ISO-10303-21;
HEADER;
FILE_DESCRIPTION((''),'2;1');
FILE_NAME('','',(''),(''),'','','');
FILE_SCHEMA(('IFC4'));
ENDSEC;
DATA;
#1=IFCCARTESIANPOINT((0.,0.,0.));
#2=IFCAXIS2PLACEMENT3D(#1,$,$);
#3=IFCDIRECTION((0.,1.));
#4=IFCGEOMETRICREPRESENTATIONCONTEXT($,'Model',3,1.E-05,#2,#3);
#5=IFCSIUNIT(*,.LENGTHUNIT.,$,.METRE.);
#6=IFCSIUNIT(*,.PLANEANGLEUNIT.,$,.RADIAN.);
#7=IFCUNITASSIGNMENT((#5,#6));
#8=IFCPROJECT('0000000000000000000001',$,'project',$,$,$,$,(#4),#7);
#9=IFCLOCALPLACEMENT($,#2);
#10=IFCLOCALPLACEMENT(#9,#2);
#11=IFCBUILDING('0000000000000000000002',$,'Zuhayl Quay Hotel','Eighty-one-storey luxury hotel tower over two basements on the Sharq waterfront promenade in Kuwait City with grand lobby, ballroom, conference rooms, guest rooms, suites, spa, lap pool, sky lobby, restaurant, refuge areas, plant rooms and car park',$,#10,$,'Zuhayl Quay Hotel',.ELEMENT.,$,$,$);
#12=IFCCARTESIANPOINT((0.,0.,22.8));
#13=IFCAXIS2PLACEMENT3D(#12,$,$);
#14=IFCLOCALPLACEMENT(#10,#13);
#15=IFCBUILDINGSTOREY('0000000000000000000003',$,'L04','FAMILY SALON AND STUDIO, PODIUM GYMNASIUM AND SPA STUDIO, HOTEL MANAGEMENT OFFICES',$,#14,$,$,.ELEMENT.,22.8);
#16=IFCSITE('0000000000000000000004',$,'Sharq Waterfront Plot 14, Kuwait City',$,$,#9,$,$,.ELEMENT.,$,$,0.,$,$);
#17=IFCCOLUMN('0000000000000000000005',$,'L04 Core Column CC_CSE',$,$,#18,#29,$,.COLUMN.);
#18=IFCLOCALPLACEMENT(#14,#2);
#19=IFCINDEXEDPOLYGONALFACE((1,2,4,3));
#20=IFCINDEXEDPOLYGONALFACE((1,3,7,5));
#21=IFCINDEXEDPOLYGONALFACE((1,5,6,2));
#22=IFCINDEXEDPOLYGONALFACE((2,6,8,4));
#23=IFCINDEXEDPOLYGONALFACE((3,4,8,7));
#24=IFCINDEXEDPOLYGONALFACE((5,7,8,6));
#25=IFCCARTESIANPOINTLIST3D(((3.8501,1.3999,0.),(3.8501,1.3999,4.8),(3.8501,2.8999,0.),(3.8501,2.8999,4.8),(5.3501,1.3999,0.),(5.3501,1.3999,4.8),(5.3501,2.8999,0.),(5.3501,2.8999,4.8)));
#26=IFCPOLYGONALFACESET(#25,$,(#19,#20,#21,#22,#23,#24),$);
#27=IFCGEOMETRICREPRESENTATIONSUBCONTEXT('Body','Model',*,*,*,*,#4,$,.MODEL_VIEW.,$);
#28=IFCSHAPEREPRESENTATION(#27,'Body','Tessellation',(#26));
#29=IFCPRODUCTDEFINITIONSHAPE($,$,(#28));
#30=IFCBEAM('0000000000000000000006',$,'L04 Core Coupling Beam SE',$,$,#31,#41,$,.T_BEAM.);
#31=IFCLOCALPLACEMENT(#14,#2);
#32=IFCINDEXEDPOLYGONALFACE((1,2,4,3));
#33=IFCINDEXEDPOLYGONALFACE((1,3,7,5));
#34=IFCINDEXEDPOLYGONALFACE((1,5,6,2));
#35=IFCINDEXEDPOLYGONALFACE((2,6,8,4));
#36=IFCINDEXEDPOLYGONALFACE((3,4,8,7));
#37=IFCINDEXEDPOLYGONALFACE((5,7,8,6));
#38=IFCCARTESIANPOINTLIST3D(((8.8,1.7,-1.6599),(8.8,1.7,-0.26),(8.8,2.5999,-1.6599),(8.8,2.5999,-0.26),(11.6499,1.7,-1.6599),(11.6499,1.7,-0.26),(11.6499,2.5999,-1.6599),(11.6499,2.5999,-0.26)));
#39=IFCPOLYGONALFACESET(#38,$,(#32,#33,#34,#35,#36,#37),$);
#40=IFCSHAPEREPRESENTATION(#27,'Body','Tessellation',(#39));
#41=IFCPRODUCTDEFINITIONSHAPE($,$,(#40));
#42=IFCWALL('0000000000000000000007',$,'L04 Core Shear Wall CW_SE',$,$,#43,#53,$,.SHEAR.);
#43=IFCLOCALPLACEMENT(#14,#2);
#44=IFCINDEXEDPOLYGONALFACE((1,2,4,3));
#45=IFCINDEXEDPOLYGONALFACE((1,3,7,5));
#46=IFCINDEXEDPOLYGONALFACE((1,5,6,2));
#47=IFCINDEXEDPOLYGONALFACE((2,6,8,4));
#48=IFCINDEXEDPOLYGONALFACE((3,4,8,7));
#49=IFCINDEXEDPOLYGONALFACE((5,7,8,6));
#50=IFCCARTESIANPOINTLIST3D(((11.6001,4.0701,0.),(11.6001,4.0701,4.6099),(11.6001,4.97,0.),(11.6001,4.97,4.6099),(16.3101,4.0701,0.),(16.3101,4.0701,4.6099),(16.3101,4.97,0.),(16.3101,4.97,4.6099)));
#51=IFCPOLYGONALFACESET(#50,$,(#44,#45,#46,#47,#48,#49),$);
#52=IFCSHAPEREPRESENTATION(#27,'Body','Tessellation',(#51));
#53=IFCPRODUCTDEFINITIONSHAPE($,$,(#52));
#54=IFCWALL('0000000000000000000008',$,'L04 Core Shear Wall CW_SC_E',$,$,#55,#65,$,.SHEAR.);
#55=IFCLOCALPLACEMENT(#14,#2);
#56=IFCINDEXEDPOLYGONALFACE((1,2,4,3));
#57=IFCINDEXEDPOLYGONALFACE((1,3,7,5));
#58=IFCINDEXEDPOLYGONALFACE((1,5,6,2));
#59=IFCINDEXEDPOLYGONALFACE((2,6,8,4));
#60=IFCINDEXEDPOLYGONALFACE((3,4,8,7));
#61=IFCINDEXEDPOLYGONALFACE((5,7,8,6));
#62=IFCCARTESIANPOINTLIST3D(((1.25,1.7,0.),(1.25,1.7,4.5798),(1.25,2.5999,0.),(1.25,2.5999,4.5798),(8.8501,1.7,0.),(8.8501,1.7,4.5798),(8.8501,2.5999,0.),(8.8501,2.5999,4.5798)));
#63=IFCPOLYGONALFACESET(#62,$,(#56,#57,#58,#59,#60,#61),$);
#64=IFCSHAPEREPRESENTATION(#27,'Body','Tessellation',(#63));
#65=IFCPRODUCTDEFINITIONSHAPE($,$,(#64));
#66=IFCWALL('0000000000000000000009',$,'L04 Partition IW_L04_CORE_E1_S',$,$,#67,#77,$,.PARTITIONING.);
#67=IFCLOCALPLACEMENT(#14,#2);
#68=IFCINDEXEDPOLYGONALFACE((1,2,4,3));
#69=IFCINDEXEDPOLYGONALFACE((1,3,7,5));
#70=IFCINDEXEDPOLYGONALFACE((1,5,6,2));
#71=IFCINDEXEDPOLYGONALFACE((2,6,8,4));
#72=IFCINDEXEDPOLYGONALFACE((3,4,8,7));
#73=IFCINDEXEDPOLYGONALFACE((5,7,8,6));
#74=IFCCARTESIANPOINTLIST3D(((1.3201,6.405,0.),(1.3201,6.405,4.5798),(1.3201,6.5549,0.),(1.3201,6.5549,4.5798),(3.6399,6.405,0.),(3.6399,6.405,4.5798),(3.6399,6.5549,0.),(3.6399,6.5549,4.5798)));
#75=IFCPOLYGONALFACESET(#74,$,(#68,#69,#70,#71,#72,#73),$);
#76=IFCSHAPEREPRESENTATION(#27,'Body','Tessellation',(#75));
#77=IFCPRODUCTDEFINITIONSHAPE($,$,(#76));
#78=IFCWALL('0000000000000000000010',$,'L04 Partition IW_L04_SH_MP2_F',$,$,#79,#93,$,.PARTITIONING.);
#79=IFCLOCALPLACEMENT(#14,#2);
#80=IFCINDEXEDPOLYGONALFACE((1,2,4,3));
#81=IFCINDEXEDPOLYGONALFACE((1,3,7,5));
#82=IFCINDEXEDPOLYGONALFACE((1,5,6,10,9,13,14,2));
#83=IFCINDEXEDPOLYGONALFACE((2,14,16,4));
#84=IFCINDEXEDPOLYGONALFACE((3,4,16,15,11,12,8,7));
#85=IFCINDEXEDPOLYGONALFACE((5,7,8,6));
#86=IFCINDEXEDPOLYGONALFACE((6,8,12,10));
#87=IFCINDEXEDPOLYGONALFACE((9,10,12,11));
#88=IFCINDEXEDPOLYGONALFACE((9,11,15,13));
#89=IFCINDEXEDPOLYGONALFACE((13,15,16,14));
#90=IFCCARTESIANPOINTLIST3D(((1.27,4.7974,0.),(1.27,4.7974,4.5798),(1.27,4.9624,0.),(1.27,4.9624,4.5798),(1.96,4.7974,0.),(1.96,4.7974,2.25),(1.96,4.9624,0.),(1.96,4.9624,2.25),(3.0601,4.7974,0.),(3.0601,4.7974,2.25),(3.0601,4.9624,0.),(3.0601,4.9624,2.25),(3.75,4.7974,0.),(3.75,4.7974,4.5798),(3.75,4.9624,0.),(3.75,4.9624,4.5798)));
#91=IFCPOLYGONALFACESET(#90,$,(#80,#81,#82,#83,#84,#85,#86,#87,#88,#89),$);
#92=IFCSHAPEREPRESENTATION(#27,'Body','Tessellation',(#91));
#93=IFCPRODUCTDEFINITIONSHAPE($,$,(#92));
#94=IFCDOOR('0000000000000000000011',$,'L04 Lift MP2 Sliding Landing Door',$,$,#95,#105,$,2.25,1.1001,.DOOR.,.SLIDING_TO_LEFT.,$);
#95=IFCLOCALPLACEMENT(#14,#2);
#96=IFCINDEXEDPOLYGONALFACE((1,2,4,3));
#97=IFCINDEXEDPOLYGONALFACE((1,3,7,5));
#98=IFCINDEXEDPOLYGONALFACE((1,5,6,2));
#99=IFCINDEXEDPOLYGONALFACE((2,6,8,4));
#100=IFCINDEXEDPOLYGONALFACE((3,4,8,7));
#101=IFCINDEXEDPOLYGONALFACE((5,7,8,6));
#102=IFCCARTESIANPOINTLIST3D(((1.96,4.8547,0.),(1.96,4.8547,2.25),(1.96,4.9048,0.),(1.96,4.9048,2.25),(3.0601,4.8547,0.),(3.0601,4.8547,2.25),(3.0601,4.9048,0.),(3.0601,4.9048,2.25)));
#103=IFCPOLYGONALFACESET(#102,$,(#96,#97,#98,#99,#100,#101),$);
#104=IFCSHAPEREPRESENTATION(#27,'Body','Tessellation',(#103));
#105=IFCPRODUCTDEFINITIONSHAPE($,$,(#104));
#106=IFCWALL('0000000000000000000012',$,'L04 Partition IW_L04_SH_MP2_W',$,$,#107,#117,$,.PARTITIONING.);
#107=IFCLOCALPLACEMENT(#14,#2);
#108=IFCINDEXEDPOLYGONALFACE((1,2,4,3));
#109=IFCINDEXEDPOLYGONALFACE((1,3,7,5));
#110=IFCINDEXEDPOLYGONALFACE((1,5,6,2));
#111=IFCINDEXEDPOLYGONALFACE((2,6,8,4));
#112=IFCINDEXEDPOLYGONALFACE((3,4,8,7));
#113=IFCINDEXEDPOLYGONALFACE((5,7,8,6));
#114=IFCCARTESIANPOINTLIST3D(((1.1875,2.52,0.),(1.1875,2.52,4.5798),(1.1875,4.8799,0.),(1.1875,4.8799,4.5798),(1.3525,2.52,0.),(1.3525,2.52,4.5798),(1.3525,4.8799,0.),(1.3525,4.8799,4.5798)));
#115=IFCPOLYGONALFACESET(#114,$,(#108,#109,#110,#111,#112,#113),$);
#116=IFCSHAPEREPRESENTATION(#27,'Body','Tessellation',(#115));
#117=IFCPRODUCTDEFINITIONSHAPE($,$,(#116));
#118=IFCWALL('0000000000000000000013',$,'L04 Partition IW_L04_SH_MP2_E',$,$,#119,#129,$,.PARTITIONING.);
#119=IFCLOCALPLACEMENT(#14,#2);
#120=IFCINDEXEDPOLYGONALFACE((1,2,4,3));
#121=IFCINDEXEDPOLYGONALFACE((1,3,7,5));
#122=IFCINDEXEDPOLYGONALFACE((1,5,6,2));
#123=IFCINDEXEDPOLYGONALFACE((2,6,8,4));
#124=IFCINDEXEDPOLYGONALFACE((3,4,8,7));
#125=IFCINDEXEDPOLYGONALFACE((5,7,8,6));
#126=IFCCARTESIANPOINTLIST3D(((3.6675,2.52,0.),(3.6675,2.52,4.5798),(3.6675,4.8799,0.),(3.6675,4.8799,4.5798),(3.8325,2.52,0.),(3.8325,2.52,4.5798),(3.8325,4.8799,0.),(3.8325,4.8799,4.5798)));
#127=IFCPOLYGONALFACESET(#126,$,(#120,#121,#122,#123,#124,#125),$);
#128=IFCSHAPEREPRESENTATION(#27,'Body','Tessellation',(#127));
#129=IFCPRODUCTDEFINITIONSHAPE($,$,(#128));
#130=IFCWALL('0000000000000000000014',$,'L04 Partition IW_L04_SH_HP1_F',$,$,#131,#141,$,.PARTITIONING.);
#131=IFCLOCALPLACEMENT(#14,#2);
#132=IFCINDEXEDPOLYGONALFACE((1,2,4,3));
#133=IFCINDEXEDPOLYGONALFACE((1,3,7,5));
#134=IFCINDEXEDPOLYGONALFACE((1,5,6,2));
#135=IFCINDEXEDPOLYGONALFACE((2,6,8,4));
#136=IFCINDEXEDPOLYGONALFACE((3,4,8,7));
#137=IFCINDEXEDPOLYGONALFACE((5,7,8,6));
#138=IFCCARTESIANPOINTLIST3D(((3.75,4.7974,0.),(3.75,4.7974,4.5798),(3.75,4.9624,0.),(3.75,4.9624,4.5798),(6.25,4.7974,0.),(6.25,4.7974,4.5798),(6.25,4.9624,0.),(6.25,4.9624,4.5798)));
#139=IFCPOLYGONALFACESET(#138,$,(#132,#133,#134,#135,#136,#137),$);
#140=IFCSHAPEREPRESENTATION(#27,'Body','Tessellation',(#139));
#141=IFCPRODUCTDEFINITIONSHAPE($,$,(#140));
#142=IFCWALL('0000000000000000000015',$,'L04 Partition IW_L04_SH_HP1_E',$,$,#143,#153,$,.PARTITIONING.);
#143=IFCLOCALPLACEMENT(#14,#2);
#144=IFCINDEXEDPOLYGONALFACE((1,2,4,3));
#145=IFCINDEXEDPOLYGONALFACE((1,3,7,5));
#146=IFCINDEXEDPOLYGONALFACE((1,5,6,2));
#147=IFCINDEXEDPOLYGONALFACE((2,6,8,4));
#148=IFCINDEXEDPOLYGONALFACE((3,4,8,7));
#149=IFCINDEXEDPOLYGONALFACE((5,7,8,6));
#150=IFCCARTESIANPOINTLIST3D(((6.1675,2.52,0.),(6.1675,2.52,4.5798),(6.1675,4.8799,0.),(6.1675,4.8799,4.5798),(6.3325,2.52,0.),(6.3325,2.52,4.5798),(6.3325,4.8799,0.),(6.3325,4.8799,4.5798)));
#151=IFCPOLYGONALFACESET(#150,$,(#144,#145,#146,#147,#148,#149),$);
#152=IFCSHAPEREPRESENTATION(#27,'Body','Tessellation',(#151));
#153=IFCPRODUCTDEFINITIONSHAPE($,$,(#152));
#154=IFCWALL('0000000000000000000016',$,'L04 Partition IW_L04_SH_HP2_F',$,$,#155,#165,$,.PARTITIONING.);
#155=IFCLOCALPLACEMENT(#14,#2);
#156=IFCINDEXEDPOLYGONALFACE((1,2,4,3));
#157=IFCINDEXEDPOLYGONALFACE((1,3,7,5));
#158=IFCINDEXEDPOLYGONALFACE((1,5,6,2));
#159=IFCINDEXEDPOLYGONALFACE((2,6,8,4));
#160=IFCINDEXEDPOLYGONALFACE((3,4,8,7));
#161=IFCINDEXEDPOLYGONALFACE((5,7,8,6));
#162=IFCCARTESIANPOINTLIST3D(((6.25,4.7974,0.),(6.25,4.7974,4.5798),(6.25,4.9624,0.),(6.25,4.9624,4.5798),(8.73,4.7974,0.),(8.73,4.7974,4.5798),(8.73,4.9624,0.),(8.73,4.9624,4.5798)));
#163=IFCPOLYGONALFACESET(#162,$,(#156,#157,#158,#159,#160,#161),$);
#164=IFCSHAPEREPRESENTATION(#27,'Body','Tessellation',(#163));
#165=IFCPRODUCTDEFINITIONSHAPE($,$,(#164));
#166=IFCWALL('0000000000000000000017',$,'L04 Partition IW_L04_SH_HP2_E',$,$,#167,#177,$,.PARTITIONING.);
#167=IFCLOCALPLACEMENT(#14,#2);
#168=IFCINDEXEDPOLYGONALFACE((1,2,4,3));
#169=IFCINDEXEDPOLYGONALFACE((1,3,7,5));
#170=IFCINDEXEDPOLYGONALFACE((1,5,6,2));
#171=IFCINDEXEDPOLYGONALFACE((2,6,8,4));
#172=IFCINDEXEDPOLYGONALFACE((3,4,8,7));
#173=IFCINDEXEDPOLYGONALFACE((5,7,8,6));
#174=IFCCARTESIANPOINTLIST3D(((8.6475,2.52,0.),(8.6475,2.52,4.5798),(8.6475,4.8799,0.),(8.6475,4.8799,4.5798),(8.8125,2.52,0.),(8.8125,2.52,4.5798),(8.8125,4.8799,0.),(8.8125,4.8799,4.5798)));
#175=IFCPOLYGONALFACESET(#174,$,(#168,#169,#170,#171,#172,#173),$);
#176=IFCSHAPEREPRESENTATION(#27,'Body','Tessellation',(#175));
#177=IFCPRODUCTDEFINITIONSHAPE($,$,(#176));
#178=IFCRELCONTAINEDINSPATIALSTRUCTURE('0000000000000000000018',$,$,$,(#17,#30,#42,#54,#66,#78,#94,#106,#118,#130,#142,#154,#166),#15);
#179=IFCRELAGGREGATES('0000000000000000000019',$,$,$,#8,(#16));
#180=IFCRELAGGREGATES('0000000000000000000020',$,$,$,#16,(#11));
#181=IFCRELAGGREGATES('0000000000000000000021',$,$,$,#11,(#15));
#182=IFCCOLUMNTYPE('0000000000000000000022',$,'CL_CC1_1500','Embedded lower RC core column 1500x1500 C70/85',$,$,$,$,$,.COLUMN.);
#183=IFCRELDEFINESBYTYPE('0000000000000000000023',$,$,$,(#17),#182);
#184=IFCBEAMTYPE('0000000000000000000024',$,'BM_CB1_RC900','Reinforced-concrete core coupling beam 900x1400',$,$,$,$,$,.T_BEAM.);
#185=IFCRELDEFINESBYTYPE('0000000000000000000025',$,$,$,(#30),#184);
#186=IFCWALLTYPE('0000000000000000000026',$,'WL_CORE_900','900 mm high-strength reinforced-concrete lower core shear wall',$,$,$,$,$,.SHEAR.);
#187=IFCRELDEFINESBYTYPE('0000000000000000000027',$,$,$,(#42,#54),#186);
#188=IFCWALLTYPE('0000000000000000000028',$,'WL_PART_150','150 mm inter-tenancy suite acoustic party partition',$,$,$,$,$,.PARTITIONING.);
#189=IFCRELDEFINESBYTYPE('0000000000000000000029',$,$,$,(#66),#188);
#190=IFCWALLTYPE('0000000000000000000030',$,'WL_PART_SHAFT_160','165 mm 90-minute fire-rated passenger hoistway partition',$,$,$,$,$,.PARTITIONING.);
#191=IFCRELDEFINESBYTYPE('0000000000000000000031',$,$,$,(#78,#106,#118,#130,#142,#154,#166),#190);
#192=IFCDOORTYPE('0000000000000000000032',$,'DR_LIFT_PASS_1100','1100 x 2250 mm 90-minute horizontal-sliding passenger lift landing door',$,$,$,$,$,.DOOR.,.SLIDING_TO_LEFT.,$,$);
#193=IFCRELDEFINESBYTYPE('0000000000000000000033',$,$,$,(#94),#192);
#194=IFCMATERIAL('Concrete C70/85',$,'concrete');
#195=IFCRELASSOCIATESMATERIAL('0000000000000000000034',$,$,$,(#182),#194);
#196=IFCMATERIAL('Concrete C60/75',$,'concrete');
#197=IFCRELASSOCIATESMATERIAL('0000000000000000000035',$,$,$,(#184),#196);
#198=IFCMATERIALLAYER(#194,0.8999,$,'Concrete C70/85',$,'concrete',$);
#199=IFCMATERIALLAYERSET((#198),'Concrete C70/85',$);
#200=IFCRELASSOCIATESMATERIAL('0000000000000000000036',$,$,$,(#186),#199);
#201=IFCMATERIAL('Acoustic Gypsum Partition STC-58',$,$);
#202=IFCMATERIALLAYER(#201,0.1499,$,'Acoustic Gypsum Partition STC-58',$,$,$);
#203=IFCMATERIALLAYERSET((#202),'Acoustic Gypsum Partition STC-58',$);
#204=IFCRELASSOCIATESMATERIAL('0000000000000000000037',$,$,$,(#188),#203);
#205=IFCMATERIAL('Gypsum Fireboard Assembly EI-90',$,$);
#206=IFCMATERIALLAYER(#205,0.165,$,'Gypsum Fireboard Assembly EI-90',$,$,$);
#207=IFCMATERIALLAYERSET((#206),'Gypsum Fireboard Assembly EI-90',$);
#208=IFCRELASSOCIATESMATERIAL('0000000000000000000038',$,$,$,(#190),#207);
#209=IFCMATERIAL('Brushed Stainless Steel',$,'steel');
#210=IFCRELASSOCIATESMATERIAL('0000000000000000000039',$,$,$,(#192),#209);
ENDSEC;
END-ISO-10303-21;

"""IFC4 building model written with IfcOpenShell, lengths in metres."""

from ifc_helpers import new_model, si_unit, direction, frame, frame_2d, origin, origin_2d, place, context, subcontext, project, spatial, rectangle, extrude, material, layer, layer_set, material_profile, profile_set, type_object, element, fill, save


model = new_model("IFC4")

# Units and contexts
model_context = context("Model", 3, precision=1e-05, world=origin(), true_north=direction((0.0, 1.0)))
body_context = subcontext(model_context, "Body", "Model", "MODEL_VIEW")
ifc_project = project(units=[si_unit("LENGTHUNIT", "METRE"), si_unit("PLANEANGLEUNIT", "RADIAN")], contexts=[model_context])

# Site, building, storey
site_placement = place(None, origin())
site = spatial("IfcSite", under=ifc_project, at=site_placement, Name="Sharq Waterfront Plot 14, Kuwait City", CompositionType="ELEMENT", RefElevation=0.0)
building_placement = place(site_placement, origin())
building = spatial("IfcBuilding", under=site, at=building_placement, Name="Zuhayl Quay Hotel", Description="Eighty-one-storey luxury hotel tower over two basements on the Sharq waterfront promenade in Kuwait City with grand lobby, ballroom, conference rooms, guest rooms, suites, spa, lap pool, sky lobby, restaurant, refuge areas, plant rooms and car park", LongName="Zuhayl Quay Hotel", CompositionType="ELEMENT")
storey_placement = place(building_placement, frame((0.0, 0.0, 22.8)))
storey = spatial("IfcBuildingStorey", under=building, at=storey_placement, Name="L04", Description="FAMILY SALON AND STUDIO, PODIUM GYMNASIUM AND SPA STUDIO, HOTEL MANAGEMENT OFFICES", CompositionType="ELEMENT", Elevation=22.8)

# Column
ifc_material_1 = material(Name="Concrete C70/85", Category="concrete")
ifc_material_profile_1 = material_profile(ifc_material_1, rectangle(XDim=1.5, YDim=1.5, at=origin_2d()), Name="RC1500X1500")
ifc_profile_set_1 = profile_set([ifc_material_profile_1], Name="Concrete C70/85")
column_type = type_object("IfcColumnType", Name="CL_CC1_1500", Description="Embedded lower RC core column 1500x1500 C70/85", PredefinedType="COLUMN", material=ifc_profile_set_1)
column_placement = place(storey_placement, frame((4.6001, 2.1499, 0.0), z_axis=(0.0, 0.0, 1.0), x_axis=(1.0, 0.0, 0.0)))
element("IfcColumn", 1, at=column_placement, inside=storey, type_object=column_type, Name="L04 Core Column CC_CSE", PredefinedType="COLUMN", context=body_context, shape_type="SweptSolid", body=[
    extrude(rectangle(XDim=1.5, YDim=1.5, at=origin_2d()), origin(), (0.0, 0.0, 1.0), 4.8),
])

# Beam
ifc_material_2 = material(Name="Concrete C60/75", Category="concrete")
ifc_material_profile_2 = material_profile(ifc_material_2, rectangle(XDim=0.8999, YDim=1.3999, at=origin_2d()), Name="RC900X1400")
ifc_profile_set_2 = profile_set([ifc_material_profile_2], Name="Concrete C60/75")
beam_type = type_object("IfcBeamType", Name="BM_CB1_RC900", Description="Reinforced-concrete core coupling beam 900x1400", PredefinedType="T_BEAM", material=ifc_profile_set_2)
beam_placement = place(storey_placement, frame((8.8, 2.1499, -0.96), z_axis=(1.0, 0.0, 0.0), x_axis=(0.0, 1.0, 0.0)))
element("IfcBeam", 2, at=beam_placement, inside=storey, type_object=beam_type, Name="L04 Core Coupling Beam SE", PredefinedType="T_BEAM", context=body_context, shape_type="SweptSolid", body=[
    extrude(rectangle(XDim=0.8999, YDim=1.3999, at=origin_2d()), origin(), (0.0, 0.0, 1.0), 2.8499),
])

# Walls
ifc_layer_1 = layer(ifc_material_1, 0.8999, Name="Concrete C70/85", Category="concrete")
ifc_layer_set_1 = layer_set([ifc_layer_1], Name="Concrete C70/85")
wall_type_1 = type_object("IfcWallType", Name="WL_CORE_900", Description="900 mm high-strength reinforced-concrete lower core shear wall", PredefinedType="SHEAR", material=ifc_layer_set_1)
wall_1_placement = place(storey_placement, frame((11.6001, 4.52, 0.0), z_axis=(0.0, 0.0, 1.0), x_axis=(1.0, 0.0, 0.0)))
element("IfcWall", 3, at=wall_1_placement, inside=storey, type_object=wall_type_1, Name="L04 Core Shear Wall CW_SE", PredefinedType="SHEAR", context=body_context, shape_type="SweptSolid", body=[
    extrude(rectangle(XDim=4.71, YDim=0.8999, at=frame_2d((2.355, 0.0))), origin(), (0.0, 0.0, 1.0), 4.6099),
])
wall_2_placement = place(storey_placement, frame((1.25, 2.1499, 0.0), z_axis=(0.0, 0.0, 1.0), x_axis=(1.0, 0.0, 0.0)))
element("IfcWall", 4, at=wall_2_placement, inside=storey, type_object=wall_type_1, Name="L04 Core Shear Wall CW_SC_E", PredefinedType="SHEAR", context=body_context, shape_type="SweptSolid", body=[
    extrude(rectangle(XDim=7.6001, YDim=0.8999, at=frame_2d((3.8, 0.0))), origin(), (0.0, 0.0, 1.0), 4.5798),
])
ifc_material_3 = material(Name="Acoustic Gypsum Partition STC-58")
ifc_layer_2 = layer(ifc_material_3, 0.1499, Name="Acoustic Gypsum Partition STC-58")
ifc_layer_set_2 = layer_set([ifc_layer_2], Name="Acoustic Gypsum Partition STC-58")
wall_type_2 = type_object("IfcWallType", Name="WL_PART_150", Description="150 mm inter-tenancy suite acoustic party partition", PredefinedType="PARTITIONING", material=ifc_layer_set_2)
wall_3_placement = place(storey_placement, frame((1.3201, 6.48, 0.0), z_axis=(0.0, 0.0, 1.0), x_axis=(1.0, 0.0, 0.0)))
element("IfcWall", 5, at=wall_3_placement, inside=storey, type_object=wall_type_2, Name="L04 Partition IW_L04_CORE_E1_S", PredefinedType="PARTITIONING", context=body_context, shape_type="SweptSolid", body=[
    extrude(rectangle(XDim=2.3198, YDim=0.1499, at=frame_2d((1.1599, 0.0))), origin(), (0.0, 0.0, 1.0), 4.5798),
])

# Wall, opening, door
ifc_material_4 = material(Name="Gypsum Fireboard Assembly EI-90")
ifc_layer_3 = layer(ifc_material_4, 0.165, Name="Gypsum Fireboard Assembly EI-90")
ifc_layer_set_3 = layer_set([ifc_layer_3], Name="Gypsum Fireboard Assembly EI-90")
wall_type_3 = type_object("IfcWallType", Name="WL_PART_SHAFT_160", Description="165 mm 90-minute fire-rated passenger hoistway partition", PredefinedType="PARTITIONING", material=ifc_layer_set_3)
wall_4_placement = place(storey_placement, frame((1.27, 4.8799, 0.0), z_axis=(0.0, 0.0, 1.0), x_axis=(1.0, 0.0, 0.0)))
wall_4 = element("IfcWall", 6, at=wall_4_placement, inside=storey, type_object=wall_type_3, Name="L04 Partition IW_L04_SH_MP2_F", PredefinedType="PARTITIONING", context=body_context, shape_type="SweptSolid", body=[
    extrude(rectangle(XDim=2.48, YDim=0.165, at=frame_2d((1.24, 0.0))), origin(), (0.0, 0.0, 1.0), 4.5798),
])
opening_placement = place(wall_4_placement, frame((0.6899, 0.0, 0.0)))
opening = element("IfcOpeningElement", 7, at=opening_placement, cuts=wall_4, PredefinedType="OPENING", context=body_context, shape_type="SweptSolid", body=[
    extrude(rectangle(XDim=1.1001, YDim=2.25, at=frame_2d((0.55, 1.125))), frame((0.0, 0.0925, 0.0), z_axis=(0.0, -1.0, 0.0), x_axis=(1.0, 0.0, 0.0)), (0.0, 0.0, 1.0), 0.1851),
])
ifc_material_5 = material(Name="Brushed Stainless Steel", Category="steel")
door_type = type_object("IfcDoorType", Name="DR_LIFT_PASS_1100", Description="1100 x 2250 mm 90-minute horizontal-sliding passenger lift landing door", OperationType="SLIDING_TO_LEFT", PredefinedType="DOOR", material=ifc_material_5)
door_placement = place(opening_placement, origin())
door = element("IfcDoor", 8, at=door_placement, inside=storey, type_object=door_type, Name="L04 Lift MP2 Sliding Landing Door", OperationType="SLIDING_TO_LEFT", OverallHeight=2.25, OverallWidth=1.1001, PredefinedType="DOOR", context=body_context, shape_type="SweptSolid", body=[
    extrude(rectangle(XDim=1.1001, YDim=2.25, at=frame_2d((0.55, 1.125))), frame((0.0, 0.0249, 0.0), z_axis=(0.0, -1.0, 0.0), x_axis=(1.0, 0.0, 0.0)), (0.0, 0.0, 1.0), 0.05),
])
fill(opening, door)

# Walls
for number, where, z_axis, x_axis, name in (
    (9, (1.27, 2.52, 0.0), (0.0, 0.0, 1.0), (0.0, 1.0, 0.0), "L04 Partition IW_L04_SH_MP2_W"),
    (10, (3.75, 2.52, 0.0), (0.0, 0.0, 1.0), (0.0, 1.0, 0.0), "L04 Partition IW_L04_SH_MP2_E"),
):
    element("IfcWall", number, at=place(storey_placement, frame(where, z_axis=z_axis, x_axis=x_axis)), inside=storey, type_object=wall_type_3, Name=name, PredefinedType="PARTITIONING", context=body_context, shape_type="SweptSolid", body=[
        extrude(rectangle(XDim=2.3599, YDim=0.165, at=frame_2d((1.1799, 0.0))), origin(), (0.0, 0.0, 1.0), 4.5798),
    ])
wall_5_placement = place(storey_placement, frame((3.75, 4.8799, 0.0), z_axis=(0.0, 0.0, 1.0), x_axis=(1.0, 0.0, 0.0)))
element("IfcWall", 11, at=wall_5_placement, inside=storey, type_object=wall_type_3, Name="L04 Partition IW_L04_SH_HP1_F", PredefinedType="PARTITIONING", context=body_context, shape_type="SweptSolid", body=[
    extrude(rectangle(XDim=2.5, YDim=0.165, at=frame_2d((1.25, 0.0))), origin(), (0.0, 0.0, 1.0), 4.5798),
])
wall_6_placement = place(storey_placement, frame((6.25, 2.52, 0.0), z_axis=(0.0, 0.0, 1.0), x_axis=(0.0, 1.0, 0.0)))
element("IfcWall", 12, at=wall_6_placement, inside=storey, type_object=wall_type_3, Name="L04 Partition IW_L04_SH_HP1_E", PredefinedType="PARTITIONING", context=body_context, shape_type="SweptSolid", body=[
    extrude(rectangle(XDim=2.3599, YDim=0.165, at=frame_2d((1.1799, 0.0))), origin(), (0.0, 0.0, 1.0), 4.5798),
])
wall_7_placement = place(storey_placement, frame((6.25, 4.8799, 0.0), z_axis=(0.0, 0.0, 1.0), x_axis=(1.0, 0.0, 0.0)))
element("IfcWall", 13, at=wall_7_placement, inside=storey, type_object=wall_type_3, Name="L04 Partition IW_L04_SH_HP2_F", PredefinedType="PARTITIONING", context=body_context, shape_type="SweptSolid", body=[
    extrude(rectangle(XDim=2.48, YDim=0.165, at=frame_2d((1.24, 0.0))), origin(), (0.0, 0.0, 1.0), 4.5798),
])
wall_8_placement = place(storey_placement, frame((8.73, 2.52, 0.0), z_axis=(0.0, 0.0, 1.0), x_axis=(0.0, 1.0, 0.0)))
element("IfcWall", 14, at=wall_8_placement, inside=storey, type_object=wall_type_3, Name="L04 Partition IW_L04_SH_HP2_E", PredefinedType="PARTITIONING", context=body_context, shape_type="SweptSolid", body=[
    extrude(rectangle(XDim=2.3599, YDim=0.165, at=frame_2d((1.1799, 0.0))), origin(), (0.0, 0.0, 1.0), 4.5798),
])

save(model, "model.ifc")
